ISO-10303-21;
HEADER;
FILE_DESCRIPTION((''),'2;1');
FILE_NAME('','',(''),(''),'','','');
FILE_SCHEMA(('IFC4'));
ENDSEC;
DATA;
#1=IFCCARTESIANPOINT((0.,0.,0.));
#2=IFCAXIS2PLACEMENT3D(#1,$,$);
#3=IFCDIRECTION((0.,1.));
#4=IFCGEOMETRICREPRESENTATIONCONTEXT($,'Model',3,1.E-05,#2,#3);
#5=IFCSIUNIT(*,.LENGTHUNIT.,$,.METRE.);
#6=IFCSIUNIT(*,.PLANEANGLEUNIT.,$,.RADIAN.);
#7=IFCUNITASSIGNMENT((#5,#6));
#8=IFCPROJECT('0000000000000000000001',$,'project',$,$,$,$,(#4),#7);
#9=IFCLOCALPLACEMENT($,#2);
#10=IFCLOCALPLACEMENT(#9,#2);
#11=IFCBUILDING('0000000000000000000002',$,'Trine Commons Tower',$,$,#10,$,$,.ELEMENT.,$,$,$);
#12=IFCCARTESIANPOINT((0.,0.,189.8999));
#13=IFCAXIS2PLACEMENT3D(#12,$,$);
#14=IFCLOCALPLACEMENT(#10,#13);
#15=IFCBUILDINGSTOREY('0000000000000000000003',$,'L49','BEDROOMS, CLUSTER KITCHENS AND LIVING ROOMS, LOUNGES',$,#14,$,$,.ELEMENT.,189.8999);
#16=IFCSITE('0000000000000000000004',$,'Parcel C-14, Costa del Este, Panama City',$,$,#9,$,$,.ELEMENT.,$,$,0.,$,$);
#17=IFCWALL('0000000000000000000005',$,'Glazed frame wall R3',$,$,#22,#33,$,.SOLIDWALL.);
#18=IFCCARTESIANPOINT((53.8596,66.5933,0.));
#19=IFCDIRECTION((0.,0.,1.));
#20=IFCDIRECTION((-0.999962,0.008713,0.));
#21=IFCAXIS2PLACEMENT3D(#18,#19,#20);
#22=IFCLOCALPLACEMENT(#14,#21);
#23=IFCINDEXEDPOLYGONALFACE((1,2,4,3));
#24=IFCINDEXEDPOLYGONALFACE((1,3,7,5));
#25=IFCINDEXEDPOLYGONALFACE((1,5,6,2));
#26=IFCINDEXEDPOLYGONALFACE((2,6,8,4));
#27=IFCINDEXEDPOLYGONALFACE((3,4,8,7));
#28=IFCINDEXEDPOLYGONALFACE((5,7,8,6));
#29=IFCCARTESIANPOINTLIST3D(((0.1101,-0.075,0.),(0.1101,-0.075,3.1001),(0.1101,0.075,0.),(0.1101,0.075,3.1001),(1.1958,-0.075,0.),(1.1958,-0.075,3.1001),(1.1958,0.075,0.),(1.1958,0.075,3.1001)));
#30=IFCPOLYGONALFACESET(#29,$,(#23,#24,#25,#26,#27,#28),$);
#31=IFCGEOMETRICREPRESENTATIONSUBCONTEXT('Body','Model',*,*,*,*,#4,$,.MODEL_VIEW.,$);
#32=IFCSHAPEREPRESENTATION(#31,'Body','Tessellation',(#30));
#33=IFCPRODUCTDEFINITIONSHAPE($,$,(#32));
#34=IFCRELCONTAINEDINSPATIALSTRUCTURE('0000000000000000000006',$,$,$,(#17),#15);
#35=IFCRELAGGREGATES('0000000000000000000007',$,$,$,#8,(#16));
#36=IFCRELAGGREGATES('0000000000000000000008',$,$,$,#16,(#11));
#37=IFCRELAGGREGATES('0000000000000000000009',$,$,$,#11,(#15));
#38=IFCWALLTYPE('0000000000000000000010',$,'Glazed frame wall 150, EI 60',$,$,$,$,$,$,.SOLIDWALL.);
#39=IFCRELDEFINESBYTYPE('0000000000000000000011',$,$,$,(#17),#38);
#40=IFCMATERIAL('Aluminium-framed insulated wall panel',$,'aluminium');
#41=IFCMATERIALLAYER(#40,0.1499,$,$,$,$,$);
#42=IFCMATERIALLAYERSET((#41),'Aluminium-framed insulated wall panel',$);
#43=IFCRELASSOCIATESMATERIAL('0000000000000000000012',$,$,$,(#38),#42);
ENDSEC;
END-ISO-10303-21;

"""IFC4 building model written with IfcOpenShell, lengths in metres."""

from ifc_helpers import new_model, si_unit, direction, frame, origin, place, context, subcontext, project, spatial, polyline, outline, extrude, material, layer, layer_set, type_object, element, save


model = new_model("IFC4")

# Units and contexts
model_context = context("Model", 3, precision=1e-05, world=origin(), true_north=direction((0.0, 1.0)))
body_context = subcontext(model_context, "Body", "Model", "MODEL_VIEW")
ifc_project = project(units=[si_unit("LENGTHUNIT", "METRE"), si_unit("PLANEANGLEUNIT", "RADIAN")], contexts=[model_context])

# Site, building, storey
site_placement = place(None, origin())
site = spatial("IfcSite", under=ifc_project, at=site_placement, Name="Parcel C-14, Costa del Este, Panama City", CompositionType="ELEMENT", RefElevation=0.0)
building_placement = place(site_placement, origin())
building = spatial("IfcBuilding", under=site, at=building_placement, Name="Trine Commons Tower", CompositionType="ELEMENT")
storey_placement = place(building_placement, frame((0.0, 0.0, 189.8999)))
storey = spatial("IfcBuildingStorey", under=building, at=storey_placement, Name="L49", Description="BEDROOMS, CLUSTER KITCHENS AND LIVING ROOMS, LOUNGES", CompositionType="ELEMENT", Elevation=189.8999)

# Shared definitions
ifc_material_1 = material(Name="Aluminium-framed insulated wall panel", Category="aluminium")
ifc_layer_1 = layer(ifc_material_1, 0.1499)
ifc_layer_set_1 = layer_set([ifc_layer_1], Name="Aluminium-framed insulated wall panel")
wall_type_1 = type_object("IfcWallType", Name="Glazed frame wall 150, EI 60", PredefinedType="SOLIDWALL", material=ifc_layer_set_1)

# Wall
wall_1_placement = place(storey_placement, frame((53.8596, 66.5933, 0.0), z_axis=(0.0, 0.0, 1.0), x_axis=(-0.999962, 0.008713, 0.0)))
element("IfcWall", 1, at=wall_1_placement, inside=storey, type_object=wall_type_1, Name="Glazed frame wall R3", PredefinedType="SOLIDWALL", context=body_context, shape_type="SweptSolid", body=[
    extrude(outline(polyline([(0.1101, 0.075), (0.1101, -0.075), (1.1958, -0.075), (1.1958, 0.075), (0.1101, 0.075)])), origin(), (0.0, 0.0, 1.0), 3.1001),
])

save(model, "model.ifc")
